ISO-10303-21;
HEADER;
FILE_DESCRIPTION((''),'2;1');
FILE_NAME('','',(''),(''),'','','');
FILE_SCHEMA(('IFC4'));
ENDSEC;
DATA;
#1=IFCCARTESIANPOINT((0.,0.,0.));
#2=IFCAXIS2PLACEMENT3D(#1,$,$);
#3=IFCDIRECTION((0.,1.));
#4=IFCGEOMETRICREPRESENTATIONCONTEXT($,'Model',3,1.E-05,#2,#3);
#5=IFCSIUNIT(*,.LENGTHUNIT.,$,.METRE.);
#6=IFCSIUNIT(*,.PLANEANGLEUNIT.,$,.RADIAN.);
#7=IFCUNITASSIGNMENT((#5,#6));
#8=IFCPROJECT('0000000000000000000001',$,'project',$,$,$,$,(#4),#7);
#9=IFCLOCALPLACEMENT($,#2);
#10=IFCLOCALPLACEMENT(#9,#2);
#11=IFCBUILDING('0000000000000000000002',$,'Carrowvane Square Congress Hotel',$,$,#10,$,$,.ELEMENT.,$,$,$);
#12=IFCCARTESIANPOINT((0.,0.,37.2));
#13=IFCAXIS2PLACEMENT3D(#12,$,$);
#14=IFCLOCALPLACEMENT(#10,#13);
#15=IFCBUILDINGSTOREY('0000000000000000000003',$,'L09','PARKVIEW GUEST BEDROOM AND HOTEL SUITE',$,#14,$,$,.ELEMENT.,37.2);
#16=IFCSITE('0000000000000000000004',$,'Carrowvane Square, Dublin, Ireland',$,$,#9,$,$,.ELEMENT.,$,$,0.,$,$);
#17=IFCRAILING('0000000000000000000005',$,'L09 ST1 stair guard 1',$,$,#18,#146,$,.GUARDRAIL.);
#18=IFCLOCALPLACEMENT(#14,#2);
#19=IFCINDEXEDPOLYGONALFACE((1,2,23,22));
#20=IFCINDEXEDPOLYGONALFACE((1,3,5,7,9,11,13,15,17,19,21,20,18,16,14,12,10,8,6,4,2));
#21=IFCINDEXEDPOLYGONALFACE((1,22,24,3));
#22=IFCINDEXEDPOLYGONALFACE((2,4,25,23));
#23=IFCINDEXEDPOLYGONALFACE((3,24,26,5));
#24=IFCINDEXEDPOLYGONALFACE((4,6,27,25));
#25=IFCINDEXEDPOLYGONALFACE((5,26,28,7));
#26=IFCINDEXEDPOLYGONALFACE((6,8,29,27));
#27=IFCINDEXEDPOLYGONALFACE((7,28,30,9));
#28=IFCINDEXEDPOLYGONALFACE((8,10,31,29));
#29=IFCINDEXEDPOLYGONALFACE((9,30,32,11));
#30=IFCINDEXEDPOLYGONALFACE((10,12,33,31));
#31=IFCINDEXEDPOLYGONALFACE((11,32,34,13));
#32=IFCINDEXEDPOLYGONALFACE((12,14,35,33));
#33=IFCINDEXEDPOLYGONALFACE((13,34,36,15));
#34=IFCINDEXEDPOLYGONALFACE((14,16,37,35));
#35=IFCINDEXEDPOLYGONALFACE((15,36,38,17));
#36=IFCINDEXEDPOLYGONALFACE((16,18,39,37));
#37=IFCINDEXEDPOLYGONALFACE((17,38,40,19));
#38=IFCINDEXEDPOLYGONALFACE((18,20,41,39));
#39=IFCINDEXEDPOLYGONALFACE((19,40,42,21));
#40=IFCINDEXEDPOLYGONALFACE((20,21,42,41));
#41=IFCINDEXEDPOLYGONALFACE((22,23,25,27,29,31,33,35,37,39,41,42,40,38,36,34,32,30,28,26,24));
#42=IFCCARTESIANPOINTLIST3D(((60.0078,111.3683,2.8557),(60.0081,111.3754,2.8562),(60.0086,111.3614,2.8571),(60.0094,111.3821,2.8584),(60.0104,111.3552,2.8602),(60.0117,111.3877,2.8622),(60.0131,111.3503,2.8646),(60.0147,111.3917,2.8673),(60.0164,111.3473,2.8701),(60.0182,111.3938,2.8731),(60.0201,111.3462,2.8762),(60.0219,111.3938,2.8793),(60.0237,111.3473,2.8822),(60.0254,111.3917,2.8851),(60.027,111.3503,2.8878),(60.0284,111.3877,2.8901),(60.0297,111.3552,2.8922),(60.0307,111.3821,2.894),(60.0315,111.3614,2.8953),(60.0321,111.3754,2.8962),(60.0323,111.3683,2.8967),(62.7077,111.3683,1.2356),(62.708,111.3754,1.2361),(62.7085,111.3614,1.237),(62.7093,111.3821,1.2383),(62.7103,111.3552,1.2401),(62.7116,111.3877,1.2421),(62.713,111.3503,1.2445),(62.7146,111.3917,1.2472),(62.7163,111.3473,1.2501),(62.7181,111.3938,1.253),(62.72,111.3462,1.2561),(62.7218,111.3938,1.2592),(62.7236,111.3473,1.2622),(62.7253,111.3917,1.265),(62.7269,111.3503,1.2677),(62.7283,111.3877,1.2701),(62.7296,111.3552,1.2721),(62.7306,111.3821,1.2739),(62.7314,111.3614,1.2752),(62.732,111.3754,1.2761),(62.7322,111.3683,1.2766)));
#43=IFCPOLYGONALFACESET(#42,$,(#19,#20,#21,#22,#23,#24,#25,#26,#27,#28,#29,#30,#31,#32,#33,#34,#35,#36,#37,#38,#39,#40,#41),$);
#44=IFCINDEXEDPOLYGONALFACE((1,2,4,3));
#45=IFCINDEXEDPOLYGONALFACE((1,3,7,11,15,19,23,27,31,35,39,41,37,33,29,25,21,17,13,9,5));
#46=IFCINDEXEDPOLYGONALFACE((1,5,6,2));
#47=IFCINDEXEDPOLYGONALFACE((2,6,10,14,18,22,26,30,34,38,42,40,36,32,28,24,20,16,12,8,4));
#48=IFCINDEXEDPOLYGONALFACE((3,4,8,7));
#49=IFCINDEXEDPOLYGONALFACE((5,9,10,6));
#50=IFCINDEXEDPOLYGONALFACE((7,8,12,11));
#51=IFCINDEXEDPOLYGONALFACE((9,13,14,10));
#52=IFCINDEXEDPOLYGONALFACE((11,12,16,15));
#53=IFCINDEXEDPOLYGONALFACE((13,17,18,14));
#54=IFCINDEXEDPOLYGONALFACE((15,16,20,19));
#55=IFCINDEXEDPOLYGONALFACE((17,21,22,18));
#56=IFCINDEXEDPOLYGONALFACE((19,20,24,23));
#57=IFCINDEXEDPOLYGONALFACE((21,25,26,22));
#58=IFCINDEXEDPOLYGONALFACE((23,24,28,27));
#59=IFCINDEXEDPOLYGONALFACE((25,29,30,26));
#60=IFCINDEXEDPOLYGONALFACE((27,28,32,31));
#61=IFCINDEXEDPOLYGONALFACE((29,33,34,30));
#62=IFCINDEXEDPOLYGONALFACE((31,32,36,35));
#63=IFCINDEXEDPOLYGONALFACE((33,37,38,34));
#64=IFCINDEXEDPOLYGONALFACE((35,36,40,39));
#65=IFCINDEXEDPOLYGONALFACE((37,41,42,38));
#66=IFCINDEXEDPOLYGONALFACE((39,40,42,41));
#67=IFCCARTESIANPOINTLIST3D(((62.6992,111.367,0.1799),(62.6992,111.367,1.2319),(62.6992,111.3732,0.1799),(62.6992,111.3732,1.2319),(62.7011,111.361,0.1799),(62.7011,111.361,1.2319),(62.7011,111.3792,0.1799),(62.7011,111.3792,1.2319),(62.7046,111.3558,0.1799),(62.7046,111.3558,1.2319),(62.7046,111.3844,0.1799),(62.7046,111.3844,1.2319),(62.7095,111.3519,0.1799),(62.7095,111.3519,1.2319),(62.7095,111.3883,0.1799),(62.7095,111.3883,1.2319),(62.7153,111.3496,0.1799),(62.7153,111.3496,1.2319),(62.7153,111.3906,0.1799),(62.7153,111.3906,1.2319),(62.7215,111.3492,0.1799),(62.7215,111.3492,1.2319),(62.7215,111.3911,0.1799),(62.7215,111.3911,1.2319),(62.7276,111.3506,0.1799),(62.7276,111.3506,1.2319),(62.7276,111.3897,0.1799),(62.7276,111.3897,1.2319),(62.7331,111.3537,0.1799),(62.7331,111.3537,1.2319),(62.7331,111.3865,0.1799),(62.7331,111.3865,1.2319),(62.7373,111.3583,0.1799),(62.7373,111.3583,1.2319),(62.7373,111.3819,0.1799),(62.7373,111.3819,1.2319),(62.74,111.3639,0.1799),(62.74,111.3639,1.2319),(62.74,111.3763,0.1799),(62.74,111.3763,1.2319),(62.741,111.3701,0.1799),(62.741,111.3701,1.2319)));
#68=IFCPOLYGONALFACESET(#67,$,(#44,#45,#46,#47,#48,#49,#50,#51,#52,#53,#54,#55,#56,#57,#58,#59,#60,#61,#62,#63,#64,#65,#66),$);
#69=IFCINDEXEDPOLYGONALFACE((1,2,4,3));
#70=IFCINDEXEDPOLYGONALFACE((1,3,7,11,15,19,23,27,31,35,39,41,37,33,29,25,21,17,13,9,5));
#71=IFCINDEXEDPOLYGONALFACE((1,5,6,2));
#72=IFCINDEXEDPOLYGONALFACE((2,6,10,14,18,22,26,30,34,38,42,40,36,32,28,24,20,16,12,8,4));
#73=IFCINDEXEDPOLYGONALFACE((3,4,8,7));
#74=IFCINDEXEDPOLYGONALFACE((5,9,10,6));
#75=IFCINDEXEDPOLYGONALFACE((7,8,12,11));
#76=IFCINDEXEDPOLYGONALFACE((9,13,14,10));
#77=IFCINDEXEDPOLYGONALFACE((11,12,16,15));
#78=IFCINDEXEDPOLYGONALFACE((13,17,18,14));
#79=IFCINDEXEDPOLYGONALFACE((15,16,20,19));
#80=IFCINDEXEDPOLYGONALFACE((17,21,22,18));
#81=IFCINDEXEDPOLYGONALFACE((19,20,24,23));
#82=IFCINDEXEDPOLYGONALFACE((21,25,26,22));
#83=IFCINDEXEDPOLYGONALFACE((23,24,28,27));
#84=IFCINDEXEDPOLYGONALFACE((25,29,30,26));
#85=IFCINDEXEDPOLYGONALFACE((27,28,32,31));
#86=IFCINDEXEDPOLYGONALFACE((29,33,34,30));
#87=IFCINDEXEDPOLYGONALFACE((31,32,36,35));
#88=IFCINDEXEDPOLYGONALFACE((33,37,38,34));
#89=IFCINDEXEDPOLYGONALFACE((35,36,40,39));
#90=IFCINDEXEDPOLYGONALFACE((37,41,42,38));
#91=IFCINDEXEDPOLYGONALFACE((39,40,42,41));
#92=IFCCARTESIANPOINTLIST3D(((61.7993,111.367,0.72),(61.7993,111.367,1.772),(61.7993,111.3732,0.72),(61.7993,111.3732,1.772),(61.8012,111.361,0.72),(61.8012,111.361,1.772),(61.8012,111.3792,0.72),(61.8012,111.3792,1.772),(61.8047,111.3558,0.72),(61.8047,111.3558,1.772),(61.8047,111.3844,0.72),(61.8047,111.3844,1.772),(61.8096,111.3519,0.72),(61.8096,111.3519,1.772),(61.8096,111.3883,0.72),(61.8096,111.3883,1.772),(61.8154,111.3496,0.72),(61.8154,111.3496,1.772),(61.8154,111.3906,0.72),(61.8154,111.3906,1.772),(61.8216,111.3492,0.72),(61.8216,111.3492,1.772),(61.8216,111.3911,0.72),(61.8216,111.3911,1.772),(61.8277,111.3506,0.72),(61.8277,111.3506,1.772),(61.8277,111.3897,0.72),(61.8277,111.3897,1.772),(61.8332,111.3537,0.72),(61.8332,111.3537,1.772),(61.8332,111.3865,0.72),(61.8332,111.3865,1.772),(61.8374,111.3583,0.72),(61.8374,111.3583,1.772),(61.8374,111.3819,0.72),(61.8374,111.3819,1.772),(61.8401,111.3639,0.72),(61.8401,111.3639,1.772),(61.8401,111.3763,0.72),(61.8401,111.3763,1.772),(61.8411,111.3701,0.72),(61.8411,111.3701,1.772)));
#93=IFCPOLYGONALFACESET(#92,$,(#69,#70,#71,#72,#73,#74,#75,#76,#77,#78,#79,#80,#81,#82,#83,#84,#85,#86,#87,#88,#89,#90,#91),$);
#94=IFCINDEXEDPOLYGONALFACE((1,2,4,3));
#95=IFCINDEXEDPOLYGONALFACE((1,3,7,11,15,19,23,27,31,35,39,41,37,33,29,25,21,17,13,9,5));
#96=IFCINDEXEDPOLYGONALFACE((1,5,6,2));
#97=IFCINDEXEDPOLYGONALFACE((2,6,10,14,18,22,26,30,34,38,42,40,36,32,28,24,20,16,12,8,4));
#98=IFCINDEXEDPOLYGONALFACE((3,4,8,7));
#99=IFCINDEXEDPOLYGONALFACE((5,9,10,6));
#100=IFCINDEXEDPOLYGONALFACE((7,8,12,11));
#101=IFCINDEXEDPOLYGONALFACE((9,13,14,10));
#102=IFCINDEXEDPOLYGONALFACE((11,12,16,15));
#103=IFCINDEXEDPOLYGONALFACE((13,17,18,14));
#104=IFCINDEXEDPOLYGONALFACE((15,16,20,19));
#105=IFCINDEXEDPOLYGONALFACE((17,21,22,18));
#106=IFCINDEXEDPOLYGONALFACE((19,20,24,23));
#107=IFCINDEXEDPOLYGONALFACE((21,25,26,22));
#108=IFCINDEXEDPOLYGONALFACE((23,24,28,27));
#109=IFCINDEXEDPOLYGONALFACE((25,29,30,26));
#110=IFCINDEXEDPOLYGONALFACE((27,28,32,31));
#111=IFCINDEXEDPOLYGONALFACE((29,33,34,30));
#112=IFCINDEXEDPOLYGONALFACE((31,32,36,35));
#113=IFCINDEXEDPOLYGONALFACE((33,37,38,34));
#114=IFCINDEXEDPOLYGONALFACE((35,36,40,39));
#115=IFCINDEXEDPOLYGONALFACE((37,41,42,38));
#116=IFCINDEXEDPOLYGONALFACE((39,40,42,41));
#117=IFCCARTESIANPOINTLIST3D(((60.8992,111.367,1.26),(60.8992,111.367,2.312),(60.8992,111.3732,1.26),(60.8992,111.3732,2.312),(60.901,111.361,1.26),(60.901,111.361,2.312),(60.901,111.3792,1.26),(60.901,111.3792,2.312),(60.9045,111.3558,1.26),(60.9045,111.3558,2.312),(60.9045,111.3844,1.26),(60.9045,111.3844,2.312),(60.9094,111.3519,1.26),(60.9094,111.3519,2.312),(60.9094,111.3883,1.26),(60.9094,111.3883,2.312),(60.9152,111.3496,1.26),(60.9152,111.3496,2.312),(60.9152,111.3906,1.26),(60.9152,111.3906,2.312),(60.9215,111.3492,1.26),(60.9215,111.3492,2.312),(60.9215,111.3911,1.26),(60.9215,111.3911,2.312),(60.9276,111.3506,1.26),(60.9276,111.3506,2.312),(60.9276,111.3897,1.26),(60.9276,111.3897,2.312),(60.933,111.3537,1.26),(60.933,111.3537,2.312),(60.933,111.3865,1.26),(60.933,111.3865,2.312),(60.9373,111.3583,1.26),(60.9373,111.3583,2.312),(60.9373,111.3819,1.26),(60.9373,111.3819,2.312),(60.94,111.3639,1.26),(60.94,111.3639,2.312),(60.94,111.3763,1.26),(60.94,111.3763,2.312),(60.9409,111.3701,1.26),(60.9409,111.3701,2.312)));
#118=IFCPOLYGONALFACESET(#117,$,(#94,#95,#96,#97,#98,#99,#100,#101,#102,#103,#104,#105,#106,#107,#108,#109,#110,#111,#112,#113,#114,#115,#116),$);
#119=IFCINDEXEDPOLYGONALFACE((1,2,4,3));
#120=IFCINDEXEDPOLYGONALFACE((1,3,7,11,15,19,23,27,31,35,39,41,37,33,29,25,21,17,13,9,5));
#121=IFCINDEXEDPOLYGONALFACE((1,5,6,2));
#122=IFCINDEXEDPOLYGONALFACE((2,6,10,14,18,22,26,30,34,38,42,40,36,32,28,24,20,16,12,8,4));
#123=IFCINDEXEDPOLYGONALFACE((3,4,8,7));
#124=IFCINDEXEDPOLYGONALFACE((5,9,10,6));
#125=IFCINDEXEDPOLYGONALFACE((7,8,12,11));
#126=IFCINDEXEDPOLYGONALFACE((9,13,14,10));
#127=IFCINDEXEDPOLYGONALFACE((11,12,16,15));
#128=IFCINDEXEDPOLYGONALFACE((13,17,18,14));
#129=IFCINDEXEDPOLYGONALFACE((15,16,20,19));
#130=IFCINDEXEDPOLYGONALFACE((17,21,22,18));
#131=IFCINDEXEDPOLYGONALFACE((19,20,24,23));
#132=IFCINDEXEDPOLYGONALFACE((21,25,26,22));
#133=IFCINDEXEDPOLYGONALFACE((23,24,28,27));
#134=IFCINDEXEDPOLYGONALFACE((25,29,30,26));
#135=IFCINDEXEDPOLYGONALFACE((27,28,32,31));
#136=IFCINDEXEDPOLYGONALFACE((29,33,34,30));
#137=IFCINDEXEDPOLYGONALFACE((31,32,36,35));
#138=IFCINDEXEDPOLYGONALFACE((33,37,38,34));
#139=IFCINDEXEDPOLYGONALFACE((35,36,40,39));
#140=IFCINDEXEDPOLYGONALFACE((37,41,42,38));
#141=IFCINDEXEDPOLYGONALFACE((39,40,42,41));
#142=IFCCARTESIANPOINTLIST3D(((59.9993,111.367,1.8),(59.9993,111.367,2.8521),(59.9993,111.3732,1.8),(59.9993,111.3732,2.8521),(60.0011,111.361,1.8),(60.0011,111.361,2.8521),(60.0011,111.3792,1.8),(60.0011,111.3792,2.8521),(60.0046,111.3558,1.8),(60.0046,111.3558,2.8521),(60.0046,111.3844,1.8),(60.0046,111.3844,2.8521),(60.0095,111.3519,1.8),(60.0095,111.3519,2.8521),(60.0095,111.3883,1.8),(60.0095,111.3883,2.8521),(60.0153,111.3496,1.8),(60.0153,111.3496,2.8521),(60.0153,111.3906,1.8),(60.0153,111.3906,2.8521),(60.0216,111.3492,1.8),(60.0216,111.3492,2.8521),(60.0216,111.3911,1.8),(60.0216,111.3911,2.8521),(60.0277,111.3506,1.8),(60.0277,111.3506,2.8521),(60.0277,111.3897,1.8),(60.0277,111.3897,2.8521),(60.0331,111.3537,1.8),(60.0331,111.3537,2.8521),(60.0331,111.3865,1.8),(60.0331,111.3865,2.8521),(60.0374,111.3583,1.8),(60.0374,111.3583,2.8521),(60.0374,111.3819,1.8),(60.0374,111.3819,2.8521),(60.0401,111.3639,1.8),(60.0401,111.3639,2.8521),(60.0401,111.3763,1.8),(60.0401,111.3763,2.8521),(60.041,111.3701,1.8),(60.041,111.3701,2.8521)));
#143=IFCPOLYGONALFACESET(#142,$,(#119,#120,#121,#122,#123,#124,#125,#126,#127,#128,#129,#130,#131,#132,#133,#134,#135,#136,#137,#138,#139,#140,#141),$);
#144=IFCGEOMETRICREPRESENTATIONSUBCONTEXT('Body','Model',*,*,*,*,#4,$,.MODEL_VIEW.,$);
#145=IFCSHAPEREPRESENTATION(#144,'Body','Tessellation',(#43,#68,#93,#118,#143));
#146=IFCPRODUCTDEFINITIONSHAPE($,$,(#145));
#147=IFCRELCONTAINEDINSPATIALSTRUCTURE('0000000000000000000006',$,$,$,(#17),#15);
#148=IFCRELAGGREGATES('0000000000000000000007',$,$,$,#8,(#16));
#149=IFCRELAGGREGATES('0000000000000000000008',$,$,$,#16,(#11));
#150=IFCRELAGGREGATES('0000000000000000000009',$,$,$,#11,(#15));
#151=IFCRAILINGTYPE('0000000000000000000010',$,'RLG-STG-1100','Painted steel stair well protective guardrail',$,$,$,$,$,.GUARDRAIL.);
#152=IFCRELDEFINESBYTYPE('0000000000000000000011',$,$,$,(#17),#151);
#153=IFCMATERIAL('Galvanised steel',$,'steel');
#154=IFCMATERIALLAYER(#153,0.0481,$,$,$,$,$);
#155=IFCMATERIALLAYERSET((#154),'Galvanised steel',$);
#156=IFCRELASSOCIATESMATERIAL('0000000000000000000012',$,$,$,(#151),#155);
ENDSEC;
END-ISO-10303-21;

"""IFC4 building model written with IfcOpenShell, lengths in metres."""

from ifc_helpers import new_model, si_unit, direction, frame, origin, origin_2d, place, context, subcontext, project, spatial, circle, extrude, material, layer, layer_set, type_object, element, save


model = new_model("IFC4")

# Units and contexts
model_context = context("Model", 3, precision=1e-05, world=origin(), true_north=direction((0.0, 1.0)))
body_context = subcontext(model_context, "Body", "Model", "MODEL_VIEW")
ifc_project = project(units=[si_unit("LENGTHUNIT", "METRE"), si_unit("PLANEANGLEUNIT", "RADIAN")], contexts=[model_context])

# Site, building, storey
site_placement = place(None, origin())
site = spatial("IfcSite", under=ifc_project, at=site_placement, Name="Carrowvane Square, Dublin, Ireland", CompositionType="ELEMENT", RefElevation=0.0)
building_placement = place(site_placement, origin())
building = spatial("IfcBuilding", under=site, at=building_placement, Name="Carrowvane Square Congress Hotel", CompositionType="ELEMENT")
storey_placement = place(building_placement, frame((0.0, 0.0, 37.2)))
storey = spatial("IfcBuildingStorey", under=building, at=storey_placement, Name="L09", Description="PARKVIEW GUEST BEDROOM AND HOTEL SUITE", CompositionType="ELEMENT", Elevation=37.2)

# Railing
ifc_material_1 = material(Name="Galvanised steel", Category="steel")
ifc_layer_1 = layer(ifc_material_1, 0.0481)
ifc_layer_set_1 = layer_set([ifc_layer_1], Name="Galvanised steel")
railing_type_1 = type_object("IfcRailingType", Name="RLG-STG-1100", Description="Painted steel stair well protective guardrail", PredefinedType="GUARDRAIL", material=ifc_layer_set_1)
railing_1_placement = place(storey_placement, frame((62.72, 111.3701, 0.1799)))
element("IfcRailing", 1, at=railing_1_placement, inside=storey, type_object=railing_type_1, Name="L09 ST1 stair guard 1", PredefinedType="GUARDRAIL", context=body_context, shape_type="SweptSolid", body=[
    extrude(circle(Radius=0.0239, at=origin_2d()), frame((0.0, 0.0, 1.0762), z_axis=(-0.857472, 0.0, 0.51453), x_axis=(0.0, -1.0, 0.0)), (0.0, 0.0, 1.0), 3.1487),
    extrude(circle(Radius=0.021, at=origin_2d()), origin(), (0.0, 0.0, 1.0), 1.052),
    extrude(circle(Radius=0.021, at=origin_2d()), frame((-0.8999, 0.0, 0.54)), (0.0, 0.0, 1.0), 1.052),
    extrude(circle(Radius=0.021, at=origin_2d()), frame((-1.8, 0.0, 1.0801)), (0.0, 0.0, 1.0), 1.052),
    extrude(circle(Radius=0.021, at=origin_2d()), frame((-2.7, 0.0, 1.6201)), (0.0, 0.0, 1.0), 1.052),
])

save(model, "model.ifc")
